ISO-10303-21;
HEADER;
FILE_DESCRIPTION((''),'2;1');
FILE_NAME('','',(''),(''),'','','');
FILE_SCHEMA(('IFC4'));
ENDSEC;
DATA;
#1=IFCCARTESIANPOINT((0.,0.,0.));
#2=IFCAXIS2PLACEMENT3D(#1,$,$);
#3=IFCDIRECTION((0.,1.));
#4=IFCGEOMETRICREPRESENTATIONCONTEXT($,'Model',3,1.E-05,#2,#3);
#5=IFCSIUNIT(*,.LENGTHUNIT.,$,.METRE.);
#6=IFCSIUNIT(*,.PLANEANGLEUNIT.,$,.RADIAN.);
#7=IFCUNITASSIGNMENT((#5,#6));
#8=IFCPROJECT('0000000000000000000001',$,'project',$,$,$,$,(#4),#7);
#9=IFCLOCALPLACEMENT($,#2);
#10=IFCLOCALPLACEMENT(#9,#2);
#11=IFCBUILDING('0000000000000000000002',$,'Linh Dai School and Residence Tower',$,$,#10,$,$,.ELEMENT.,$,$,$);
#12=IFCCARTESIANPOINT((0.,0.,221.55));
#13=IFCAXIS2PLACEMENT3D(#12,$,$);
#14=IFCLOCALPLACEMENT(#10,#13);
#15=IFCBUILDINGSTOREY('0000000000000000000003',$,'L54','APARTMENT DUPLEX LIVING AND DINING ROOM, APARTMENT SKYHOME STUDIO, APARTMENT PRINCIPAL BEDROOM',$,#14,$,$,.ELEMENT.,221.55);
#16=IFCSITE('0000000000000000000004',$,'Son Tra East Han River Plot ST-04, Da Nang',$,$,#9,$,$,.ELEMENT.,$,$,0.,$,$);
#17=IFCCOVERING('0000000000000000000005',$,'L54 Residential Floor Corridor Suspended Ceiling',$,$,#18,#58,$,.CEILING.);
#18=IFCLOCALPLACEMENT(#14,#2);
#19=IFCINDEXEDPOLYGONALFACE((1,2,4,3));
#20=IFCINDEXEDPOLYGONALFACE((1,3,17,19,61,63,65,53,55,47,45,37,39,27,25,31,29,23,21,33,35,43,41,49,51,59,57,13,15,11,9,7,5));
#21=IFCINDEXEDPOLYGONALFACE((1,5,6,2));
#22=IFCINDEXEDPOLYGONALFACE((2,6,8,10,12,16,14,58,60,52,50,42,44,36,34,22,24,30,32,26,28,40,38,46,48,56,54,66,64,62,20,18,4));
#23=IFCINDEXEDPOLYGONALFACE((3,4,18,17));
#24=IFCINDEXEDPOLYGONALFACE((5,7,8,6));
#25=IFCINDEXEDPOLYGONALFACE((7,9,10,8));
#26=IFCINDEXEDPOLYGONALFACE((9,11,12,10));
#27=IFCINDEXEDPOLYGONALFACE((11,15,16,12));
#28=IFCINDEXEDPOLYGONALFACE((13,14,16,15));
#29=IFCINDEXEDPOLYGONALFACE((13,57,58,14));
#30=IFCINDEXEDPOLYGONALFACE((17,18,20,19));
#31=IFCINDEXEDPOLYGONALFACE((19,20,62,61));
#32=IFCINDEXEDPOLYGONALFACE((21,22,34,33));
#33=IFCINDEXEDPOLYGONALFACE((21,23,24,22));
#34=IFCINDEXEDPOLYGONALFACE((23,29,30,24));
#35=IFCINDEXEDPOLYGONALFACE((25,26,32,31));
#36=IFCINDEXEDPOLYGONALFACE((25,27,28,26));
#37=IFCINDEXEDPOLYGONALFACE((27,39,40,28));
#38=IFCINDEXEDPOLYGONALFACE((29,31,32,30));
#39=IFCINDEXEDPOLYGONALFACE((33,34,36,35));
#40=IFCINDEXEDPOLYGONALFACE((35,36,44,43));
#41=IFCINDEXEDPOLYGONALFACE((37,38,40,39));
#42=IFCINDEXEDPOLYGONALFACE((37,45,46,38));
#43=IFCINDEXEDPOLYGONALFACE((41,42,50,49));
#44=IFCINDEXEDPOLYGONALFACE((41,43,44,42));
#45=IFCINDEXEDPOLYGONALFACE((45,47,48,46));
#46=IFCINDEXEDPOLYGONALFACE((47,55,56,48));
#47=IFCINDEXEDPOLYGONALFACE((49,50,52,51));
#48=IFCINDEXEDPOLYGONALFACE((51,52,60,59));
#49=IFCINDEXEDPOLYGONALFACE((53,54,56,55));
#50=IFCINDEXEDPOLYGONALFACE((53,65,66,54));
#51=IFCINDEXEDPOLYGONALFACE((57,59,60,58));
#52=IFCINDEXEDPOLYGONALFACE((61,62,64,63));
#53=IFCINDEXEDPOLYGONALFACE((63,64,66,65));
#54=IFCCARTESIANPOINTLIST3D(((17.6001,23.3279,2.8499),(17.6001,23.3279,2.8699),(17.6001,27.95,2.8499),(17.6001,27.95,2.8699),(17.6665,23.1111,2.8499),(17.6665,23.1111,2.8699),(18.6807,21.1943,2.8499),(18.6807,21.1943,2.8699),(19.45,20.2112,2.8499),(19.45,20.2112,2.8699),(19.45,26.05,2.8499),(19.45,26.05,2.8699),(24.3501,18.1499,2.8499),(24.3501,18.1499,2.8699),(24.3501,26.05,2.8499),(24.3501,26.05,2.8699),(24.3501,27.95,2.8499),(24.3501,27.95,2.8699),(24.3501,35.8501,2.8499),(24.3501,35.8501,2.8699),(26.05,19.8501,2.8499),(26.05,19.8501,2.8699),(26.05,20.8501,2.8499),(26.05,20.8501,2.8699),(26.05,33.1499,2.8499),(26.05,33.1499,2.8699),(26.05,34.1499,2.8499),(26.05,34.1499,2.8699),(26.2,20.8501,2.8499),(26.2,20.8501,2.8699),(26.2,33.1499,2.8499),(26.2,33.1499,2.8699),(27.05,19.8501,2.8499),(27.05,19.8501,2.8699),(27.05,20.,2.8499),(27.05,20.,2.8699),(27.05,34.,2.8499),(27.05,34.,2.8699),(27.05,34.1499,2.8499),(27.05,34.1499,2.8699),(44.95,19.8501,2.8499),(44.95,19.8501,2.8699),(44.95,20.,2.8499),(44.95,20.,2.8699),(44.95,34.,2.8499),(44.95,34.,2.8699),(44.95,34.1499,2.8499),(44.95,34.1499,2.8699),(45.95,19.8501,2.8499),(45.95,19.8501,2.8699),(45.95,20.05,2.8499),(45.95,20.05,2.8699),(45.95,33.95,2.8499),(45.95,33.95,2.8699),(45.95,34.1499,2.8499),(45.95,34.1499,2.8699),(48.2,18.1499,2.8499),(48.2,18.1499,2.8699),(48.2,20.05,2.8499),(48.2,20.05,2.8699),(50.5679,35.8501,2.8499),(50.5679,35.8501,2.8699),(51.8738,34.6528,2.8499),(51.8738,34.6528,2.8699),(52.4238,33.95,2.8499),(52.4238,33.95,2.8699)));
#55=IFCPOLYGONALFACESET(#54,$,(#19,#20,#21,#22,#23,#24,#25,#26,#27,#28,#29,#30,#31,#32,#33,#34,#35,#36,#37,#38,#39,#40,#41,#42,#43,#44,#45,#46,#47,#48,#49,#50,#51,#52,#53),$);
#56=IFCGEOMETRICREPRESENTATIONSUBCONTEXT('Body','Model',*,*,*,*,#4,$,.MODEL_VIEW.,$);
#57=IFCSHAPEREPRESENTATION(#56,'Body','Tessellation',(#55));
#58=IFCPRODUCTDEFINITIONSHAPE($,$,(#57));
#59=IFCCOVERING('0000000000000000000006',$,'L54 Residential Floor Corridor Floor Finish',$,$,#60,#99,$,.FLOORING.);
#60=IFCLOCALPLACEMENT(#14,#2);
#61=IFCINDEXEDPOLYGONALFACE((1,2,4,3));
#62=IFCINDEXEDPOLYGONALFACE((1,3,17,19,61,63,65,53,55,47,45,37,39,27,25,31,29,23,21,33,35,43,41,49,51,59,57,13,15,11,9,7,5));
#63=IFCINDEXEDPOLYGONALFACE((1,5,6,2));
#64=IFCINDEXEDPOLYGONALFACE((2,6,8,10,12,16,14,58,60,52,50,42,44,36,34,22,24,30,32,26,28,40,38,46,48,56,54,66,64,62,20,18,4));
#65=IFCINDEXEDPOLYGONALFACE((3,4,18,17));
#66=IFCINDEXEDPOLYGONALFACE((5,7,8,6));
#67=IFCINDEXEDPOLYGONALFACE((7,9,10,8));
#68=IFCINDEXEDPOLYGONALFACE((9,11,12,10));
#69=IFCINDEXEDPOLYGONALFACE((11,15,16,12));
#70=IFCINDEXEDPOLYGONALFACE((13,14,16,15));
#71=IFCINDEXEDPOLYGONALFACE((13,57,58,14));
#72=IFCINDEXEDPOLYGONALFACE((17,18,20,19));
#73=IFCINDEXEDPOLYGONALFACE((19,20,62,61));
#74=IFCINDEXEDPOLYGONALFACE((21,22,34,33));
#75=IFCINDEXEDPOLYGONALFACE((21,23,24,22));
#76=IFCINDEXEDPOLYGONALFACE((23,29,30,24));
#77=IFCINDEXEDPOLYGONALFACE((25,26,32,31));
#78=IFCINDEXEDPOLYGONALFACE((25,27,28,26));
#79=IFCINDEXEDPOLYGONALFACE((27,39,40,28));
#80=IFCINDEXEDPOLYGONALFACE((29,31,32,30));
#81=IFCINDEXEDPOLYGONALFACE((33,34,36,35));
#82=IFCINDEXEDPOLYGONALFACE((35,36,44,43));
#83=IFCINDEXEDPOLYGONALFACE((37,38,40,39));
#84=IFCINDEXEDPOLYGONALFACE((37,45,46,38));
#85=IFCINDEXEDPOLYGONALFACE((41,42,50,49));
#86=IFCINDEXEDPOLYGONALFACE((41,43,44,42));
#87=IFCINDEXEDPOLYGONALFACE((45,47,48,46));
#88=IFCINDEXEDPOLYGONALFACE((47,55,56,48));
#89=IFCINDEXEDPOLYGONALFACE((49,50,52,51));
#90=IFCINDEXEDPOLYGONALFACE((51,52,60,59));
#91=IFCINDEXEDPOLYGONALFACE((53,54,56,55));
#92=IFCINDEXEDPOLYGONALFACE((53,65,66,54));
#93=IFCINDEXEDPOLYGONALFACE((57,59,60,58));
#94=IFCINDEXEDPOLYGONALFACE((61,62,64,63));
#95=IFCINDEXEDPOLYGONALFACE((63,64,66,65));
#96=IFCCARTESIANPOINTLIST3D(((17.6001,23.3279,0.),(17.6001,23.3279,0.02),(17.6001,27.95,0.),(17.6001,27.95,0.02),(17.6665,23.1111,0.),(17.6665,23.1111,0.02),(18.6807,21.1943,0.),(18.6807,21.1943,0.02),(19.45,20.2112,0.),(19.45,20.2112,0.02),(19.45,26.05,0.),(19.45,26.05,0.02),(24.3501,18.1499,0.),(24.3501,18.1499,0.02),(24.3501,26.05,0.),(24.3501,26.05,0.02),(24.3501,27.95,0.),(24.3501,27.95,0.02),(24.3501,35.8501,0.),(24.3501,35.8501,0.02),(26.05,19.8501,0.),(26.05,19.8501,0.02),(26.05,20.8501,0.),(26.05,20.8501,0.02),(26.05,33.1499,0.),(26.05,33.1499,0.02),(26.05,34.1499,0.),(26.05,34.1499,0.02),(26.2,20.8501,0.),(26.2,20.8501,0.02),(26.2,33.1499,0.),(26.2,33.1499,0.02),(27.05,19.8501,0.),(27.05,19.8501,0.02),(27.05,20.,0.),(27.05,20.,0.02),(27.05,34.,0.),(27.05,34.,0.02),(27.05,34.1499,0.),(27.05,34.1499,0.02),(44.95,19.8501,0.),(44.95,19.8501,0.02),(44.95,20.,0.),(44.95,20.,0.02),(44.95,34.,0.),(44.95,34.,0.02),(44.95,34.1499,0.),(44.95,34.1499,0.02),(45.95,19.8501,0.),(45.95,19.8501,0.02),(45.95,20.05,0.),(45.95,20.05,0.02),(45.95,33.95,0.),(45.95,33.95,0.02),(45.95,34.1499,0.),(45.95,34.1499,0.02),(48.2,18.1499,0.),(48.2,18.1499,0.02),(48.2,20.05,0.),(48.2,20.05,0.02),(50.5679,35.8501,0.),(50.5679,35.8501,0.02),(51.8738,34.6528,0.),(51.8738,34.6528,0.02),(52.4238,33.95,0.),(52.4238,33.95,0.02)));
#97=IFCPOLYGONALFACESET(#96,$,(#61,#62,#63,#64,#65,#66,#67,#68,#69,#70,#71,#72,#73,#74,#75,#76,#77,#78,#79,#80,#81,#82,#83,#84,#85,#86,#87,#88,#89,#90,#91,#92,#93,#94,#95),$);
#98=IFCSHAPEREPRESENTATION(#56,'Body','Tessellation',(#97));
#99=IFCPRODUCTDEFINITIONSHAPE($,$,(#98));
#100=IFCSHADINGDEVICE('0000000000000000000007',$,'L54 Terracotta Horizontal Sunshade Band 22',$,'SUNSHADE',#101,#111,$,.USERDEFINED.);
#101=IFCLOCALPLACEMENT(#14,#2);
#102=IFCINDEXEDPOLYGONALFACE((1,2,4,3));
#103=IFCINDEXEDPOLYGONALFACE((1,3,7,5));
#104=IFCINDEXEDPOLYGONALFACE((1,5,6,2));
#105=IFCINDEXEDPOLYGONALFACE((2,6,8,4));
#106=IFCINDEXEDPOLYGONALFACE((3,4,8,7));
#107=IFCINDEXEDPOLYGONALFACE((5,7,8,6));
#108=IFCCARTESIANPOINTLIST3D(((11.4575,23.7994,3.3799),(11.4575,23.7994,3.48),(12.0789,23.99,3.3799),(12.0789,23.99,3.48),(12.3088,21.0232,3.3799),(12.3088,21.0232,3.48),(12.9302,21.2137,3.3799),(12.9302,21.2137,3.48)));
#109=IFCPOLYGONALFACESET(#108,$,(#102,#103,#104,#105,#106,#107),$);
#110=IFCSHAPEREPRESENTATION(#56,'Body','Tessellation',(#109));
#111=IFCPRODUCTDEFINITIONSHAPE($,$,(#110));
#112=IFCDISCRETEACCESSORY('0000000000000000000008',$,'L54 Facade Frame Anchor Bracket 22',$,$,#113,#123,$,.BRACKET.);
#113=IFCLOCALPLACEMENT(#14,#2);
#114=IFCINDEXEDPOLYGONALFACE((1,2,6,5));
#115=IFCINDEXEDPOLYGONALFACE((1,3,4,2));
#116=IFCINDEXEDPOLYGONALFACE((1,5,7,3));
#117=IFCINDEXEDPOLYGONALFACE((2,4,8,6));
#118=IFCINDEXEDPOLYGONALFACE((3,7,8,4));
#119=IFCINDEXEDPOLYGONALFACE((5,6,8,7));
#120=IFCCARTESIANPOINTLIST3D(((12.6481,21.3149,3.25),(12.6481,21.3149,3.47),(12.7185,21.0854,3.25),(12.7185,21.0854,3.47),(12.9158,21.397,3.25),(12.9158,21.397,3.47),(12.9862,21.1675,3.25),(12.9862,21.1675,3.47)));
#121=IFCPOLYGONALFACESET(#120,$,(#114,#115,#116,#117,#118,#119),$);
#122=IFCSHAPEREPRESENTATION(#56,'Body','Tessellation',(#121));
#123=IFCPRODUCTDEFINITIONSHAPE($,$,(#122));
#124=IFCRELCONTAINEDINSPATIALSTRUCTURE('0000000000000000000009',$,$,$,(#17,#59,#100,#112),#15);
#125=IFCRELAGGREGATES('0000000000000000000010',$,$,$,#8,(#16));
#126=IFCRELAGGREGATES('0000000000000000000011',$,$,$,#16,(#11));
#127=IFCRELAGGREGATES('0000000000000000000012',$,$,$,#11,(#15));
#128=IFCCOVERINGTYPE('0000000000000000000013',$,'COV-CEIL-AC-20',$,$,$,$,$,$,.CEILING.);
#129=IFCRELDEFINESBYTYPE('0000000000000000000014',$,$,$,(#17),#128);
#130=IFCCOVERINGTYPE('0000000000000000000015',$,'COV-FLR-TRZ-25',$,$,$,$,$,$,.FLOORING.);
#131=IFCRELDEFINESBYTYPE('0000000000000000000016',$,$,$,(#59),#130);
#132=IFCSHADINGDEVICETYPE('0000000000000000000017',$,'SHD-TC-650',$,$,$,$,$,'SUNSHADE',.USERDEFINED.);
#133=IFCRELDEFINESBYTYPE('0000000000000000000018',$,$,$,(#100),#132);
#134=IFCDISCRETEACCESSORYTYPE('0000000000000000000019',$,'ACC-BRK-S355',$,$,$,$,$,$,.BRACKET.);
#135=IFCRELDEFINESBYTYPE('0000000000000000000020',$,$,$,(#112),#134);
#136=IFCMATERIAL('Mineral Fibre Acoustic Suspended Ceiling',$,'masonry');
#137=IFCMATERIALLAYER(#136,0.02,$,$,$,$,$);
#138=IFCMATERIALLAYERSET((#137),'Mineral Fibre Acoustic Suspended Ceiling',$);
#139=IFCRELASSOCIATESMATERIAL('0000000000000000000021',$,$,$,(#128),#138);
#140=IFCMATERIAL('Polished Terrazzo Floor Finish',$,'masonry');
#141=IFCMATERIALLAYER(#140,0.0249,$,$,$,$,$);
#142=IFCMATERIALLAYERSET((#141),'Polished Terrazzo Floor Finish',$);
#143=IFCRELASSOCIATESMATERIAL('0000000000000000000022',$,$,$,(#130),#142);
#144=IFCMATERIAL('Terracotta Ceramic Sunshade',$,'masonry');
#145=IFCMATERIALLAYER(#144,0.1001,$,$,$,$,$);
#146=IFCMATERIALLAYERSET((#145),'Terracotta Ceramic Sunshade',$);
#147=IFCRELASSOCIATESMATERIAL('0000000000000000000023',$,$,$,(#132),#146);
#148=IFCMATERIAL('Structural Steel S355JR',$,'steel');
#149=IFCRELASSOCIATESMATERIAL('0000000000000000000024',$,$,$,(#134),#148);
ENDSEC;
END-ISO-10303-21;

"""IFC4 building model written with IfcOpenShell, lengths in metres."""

from ifc_helpers import new_model, si_unit, direction, frame, origin, origin_2d, place, context, subcontext, project, spatial, polyline, rectangle, outline, extrude, source, transform, mapped, material, layer, layer_set, type_object, element, save


model = new_model("IFC4")

# Units and contexts
model_context = context("Model", 3, precision=1e-05, world=origin(), true_north=direction((0.0, 1.0)))
body_context = subcontext(model_context, "Body", "Model", "MODEL_VIEW")
ifc_project = project(units=[si_unit("LENGTHUNIT", "METRE"), si_unit("PLANEANGLEUNIT", "RADIAN")], contexts=[model_context])

# Site, building, storey
site_placement = place(None, origin())
site = spatial("IfcSite", under=ifc_project, at=site_placement, Name="Son Tra East Han River Plot ST-04, Da Nang", CompositionType="ELEMENT", RefElevation=0.0)
building_placement = place(site_placement, origin())
building = spatial("IfcBuilding", under=site, at=building_placement, Name="Linh Dai School and Residence Tower", CompositionType="ELEMENT")
storey_placement = place(building_placement, frame((0.0, 0.0, 221.55)))
storey = spatial("IfcBuildingStorey", under=building, at=storey_placement, Name="L54", Description="APARTMENT DUPLEX LIVING AND DINING ROOM, APARTMENT SKYHOME STUDIO, APARTMENT PRINCIPAL BEDROOM", CompositionType="ELEMENT", Elevation=221.55)

# Shared definitions
ifc_material_1 = material(Name="Structural Steel S355JR", Category="steel")

# Coverings
ifc_material_2 = material(Name="Mineral Fibre Acoustic Suspended Ceiling", Category="masonry")
ifc_layer_1 = layer(ifc_material_2, 0.02)
ifc_layer_set_1 = layer_set([ifc_layer_1], Name="Mineral Fibre Acoustic Suspended Ceiling")
covering_type_1 = type_object("IfcCoveringType", Name="COV-CEIL-AC-20", PredefinedType="CEILING", material=ifc_layer_set_1)
covering_1_placement = place(storey_placement, frame((0.0, 0.0, 2.8499)))
element("IfcCovering", 1, at=covering_1_placement, inside=storey, type_object=covering_type_1, Name="L54 Residential Floor Corridor Suspended Ceiling", PredefinedType="CEILING", context=body_context, shape_type="SweptSolid", body=[
    extrude(outline(polyline([(19.45, 20.2112), (18.6807, 21.1943), (17.6665, 23.1111), (17.6001, 23.3279), (17.6001, 27.95), (24.3501, 27.95), (24.3501, 35.8501), (50.5679, 35.8501), (51.8738, 34.6528), (52.4238, 33.95), (45.95, 33.95), (45.95, 34.1499), (44.95, 34.1499), (44.95, 34.0), (27.05, 34.0), (27.05, 34.1499), (26.05, 34.1499), (26.05, 33.1499), (26.2, 33.1499), (26.2, 20.8501), (26.05, 20.8501), (26.05, 19.8501), (27.05, 19.8501), (27.05, 20.0), (44.95, 20.0), (44.95, 19.8501), (45.95, 19.8501), (45.95, 20.05), (48.2, 20.05), (48.2, 18.1499), (24.3501, 18.1499), (24.3501, 26.05), (19.45, 26.05), (19.45, 20.2112)])), origin(), (0.0, 0.0, 1.0), 0.02),
])
ifc_material_3 = material(Name="Polished Terrazzo Floor Finish", Category="masonry")
ifc_layer_2 = layer(ifc_material_3, 0.0249)
ifc_layer_set_2 = layer_set([ifc_layer_2], Name="Polished Terrazzo Floor Finish")
covering_type_2 = type_object("IfcCoveringType", Name="COV-FLR-TRZ-25", PredefinedType="FLOORING", material=ifc_layer_set_2)
covering_2_placement = place(storey_placement, origin())
element("IfcCovering", 2, at=covering_2_placement, inside=storey, type_object=covering_type_2, Name="L54 Residential Floor Corridor Floor Finish", PredefinedType="FLOORING", context=body_context, shape_type="SweptSolid", body=[
    extrude(outline(polyline([(19.45, 20.2112), (18.6807, 21.1943), (17.6665, 23.1111), (17.6001, 23.3279), (17.6001, 27.95), (24.3501, 27.95), (24.3501, 35.8501), (50.5679, 35.8501), (51.8738, 34.6528), (52.4238, 33.95), (45.95, 33.95), (45.95, 34.1499), (44.95, 34.1499), (44.95, 34.0), (27.05, 34.0), (27.05, 34.1499), (26.05, 34.1499), (26.05, 33.1499), (26.2, 33.1499), (26.2, 20.8501), (26.05, 20.8501), (26.05, 19.8501), (27.05, 19.8501), (27.05, 20.0), (44.95, 20.0), (44.95, 19.8501), (45.95, 19.8501), (45.95, 20.05), (48.2, 20.05), (48.2, 18.1499), (24.3501, 18.1499), (24.3501, 26.05), (19.45, 26.05), (19.45, 20.2112)])), origin(), (0.0, 0.0, 1.0), 0.02),
])

# Shading device
ifc_material_4 = material(Name="Terracotta Ceramic Sunshade", Category="masonry")
ifc_layer_3 = layer(ifc_material_4, 0.1001)
ifc_layer_set_3 = layer_set([ifc_layer_3], Name="Terracotta Ceramic Sunshade")
shading_device_type = type_object("IfcShadingDeviceType", Name="SHD-TC-650", ElementType="SUNSHADE", PredefinedType="USERDEFINED", material=ifc_layer_set_3)
shared_shape_1 = source(origin(), body_context, "Body", "SweptSolid", [
    extrude(rectangle(XDim=2.9038, YDim=0.6499, at=origin_2d()), origin(), (0.0, 0.0, 1.0), 0.1001),
])
shading_device_placement = place(storey_placement, frame((12.1938, 22.5066, 3.3799), z_axis=(0.0, 0.0, 1.0), x_axis=(-0.293157, 0.956064, 0.0)))
element("IfcShadingDevice", 3, at=shading_device_placement, inside=storey, type_object=shading_device_type, Name="L54 Terracotta Horizontal Sunshade Band 22", ObjectType="SUNSHADE", PredefinedType="USERDEFINED", context=body_context, shape_type="MappedRepresentation", body=[
    mapped(shared_shape_1, transform((0.0, 0.0, 0.0), x_axis=(1.0, 0.0, 0.0), y_axis=(0.0, 1.0, 0.0), z_axis=(0.0, 0.0, 1.0), scale=1.0)),
])

# Discrete accessory
discrete_accessory_type = type_object("IfcDiscreteAccessoryType", Name="ACC-BRK-S355", PredefinedType="BRACKET", material=ifc_material_1)
shared_shape_2 = source(origin(), body_context, "Body", "SweptSolid", [
    extrude(rectangle(XDim=0.28, YDim=0.24, at=origin_2d()), origin(), (0.0, 0.0, 1.0), 0.22),
])
discrete_accessory_placement = place(storey_placement, frame((12.8171, 21.2412, 3.25), z_axis=(0.0, 0.0, 1.0), x_axis=(-0.956064, -0.293157, 0.0)))
element("IfcDiscreteAccessory", 4, at=discrete_accessory_placement, inside=storey, type_object=discrete_accessory_type, Name="L54 Facade Frame Anchor Bracket 22", PredefinedType="BRACKET", context=body_context, shape_type="MappedRepresentation", body=[
    mapped(shared_shape_2, transform((0.0, 0.0, 0.0), x_axis=(1.0, 0.0, 0.0), y_axis=(0.0, 1.0, 0.0), z_axis=(0.0, 0.0, 1.0), scale=1.0)),
])

save(model, "model.ifc")
